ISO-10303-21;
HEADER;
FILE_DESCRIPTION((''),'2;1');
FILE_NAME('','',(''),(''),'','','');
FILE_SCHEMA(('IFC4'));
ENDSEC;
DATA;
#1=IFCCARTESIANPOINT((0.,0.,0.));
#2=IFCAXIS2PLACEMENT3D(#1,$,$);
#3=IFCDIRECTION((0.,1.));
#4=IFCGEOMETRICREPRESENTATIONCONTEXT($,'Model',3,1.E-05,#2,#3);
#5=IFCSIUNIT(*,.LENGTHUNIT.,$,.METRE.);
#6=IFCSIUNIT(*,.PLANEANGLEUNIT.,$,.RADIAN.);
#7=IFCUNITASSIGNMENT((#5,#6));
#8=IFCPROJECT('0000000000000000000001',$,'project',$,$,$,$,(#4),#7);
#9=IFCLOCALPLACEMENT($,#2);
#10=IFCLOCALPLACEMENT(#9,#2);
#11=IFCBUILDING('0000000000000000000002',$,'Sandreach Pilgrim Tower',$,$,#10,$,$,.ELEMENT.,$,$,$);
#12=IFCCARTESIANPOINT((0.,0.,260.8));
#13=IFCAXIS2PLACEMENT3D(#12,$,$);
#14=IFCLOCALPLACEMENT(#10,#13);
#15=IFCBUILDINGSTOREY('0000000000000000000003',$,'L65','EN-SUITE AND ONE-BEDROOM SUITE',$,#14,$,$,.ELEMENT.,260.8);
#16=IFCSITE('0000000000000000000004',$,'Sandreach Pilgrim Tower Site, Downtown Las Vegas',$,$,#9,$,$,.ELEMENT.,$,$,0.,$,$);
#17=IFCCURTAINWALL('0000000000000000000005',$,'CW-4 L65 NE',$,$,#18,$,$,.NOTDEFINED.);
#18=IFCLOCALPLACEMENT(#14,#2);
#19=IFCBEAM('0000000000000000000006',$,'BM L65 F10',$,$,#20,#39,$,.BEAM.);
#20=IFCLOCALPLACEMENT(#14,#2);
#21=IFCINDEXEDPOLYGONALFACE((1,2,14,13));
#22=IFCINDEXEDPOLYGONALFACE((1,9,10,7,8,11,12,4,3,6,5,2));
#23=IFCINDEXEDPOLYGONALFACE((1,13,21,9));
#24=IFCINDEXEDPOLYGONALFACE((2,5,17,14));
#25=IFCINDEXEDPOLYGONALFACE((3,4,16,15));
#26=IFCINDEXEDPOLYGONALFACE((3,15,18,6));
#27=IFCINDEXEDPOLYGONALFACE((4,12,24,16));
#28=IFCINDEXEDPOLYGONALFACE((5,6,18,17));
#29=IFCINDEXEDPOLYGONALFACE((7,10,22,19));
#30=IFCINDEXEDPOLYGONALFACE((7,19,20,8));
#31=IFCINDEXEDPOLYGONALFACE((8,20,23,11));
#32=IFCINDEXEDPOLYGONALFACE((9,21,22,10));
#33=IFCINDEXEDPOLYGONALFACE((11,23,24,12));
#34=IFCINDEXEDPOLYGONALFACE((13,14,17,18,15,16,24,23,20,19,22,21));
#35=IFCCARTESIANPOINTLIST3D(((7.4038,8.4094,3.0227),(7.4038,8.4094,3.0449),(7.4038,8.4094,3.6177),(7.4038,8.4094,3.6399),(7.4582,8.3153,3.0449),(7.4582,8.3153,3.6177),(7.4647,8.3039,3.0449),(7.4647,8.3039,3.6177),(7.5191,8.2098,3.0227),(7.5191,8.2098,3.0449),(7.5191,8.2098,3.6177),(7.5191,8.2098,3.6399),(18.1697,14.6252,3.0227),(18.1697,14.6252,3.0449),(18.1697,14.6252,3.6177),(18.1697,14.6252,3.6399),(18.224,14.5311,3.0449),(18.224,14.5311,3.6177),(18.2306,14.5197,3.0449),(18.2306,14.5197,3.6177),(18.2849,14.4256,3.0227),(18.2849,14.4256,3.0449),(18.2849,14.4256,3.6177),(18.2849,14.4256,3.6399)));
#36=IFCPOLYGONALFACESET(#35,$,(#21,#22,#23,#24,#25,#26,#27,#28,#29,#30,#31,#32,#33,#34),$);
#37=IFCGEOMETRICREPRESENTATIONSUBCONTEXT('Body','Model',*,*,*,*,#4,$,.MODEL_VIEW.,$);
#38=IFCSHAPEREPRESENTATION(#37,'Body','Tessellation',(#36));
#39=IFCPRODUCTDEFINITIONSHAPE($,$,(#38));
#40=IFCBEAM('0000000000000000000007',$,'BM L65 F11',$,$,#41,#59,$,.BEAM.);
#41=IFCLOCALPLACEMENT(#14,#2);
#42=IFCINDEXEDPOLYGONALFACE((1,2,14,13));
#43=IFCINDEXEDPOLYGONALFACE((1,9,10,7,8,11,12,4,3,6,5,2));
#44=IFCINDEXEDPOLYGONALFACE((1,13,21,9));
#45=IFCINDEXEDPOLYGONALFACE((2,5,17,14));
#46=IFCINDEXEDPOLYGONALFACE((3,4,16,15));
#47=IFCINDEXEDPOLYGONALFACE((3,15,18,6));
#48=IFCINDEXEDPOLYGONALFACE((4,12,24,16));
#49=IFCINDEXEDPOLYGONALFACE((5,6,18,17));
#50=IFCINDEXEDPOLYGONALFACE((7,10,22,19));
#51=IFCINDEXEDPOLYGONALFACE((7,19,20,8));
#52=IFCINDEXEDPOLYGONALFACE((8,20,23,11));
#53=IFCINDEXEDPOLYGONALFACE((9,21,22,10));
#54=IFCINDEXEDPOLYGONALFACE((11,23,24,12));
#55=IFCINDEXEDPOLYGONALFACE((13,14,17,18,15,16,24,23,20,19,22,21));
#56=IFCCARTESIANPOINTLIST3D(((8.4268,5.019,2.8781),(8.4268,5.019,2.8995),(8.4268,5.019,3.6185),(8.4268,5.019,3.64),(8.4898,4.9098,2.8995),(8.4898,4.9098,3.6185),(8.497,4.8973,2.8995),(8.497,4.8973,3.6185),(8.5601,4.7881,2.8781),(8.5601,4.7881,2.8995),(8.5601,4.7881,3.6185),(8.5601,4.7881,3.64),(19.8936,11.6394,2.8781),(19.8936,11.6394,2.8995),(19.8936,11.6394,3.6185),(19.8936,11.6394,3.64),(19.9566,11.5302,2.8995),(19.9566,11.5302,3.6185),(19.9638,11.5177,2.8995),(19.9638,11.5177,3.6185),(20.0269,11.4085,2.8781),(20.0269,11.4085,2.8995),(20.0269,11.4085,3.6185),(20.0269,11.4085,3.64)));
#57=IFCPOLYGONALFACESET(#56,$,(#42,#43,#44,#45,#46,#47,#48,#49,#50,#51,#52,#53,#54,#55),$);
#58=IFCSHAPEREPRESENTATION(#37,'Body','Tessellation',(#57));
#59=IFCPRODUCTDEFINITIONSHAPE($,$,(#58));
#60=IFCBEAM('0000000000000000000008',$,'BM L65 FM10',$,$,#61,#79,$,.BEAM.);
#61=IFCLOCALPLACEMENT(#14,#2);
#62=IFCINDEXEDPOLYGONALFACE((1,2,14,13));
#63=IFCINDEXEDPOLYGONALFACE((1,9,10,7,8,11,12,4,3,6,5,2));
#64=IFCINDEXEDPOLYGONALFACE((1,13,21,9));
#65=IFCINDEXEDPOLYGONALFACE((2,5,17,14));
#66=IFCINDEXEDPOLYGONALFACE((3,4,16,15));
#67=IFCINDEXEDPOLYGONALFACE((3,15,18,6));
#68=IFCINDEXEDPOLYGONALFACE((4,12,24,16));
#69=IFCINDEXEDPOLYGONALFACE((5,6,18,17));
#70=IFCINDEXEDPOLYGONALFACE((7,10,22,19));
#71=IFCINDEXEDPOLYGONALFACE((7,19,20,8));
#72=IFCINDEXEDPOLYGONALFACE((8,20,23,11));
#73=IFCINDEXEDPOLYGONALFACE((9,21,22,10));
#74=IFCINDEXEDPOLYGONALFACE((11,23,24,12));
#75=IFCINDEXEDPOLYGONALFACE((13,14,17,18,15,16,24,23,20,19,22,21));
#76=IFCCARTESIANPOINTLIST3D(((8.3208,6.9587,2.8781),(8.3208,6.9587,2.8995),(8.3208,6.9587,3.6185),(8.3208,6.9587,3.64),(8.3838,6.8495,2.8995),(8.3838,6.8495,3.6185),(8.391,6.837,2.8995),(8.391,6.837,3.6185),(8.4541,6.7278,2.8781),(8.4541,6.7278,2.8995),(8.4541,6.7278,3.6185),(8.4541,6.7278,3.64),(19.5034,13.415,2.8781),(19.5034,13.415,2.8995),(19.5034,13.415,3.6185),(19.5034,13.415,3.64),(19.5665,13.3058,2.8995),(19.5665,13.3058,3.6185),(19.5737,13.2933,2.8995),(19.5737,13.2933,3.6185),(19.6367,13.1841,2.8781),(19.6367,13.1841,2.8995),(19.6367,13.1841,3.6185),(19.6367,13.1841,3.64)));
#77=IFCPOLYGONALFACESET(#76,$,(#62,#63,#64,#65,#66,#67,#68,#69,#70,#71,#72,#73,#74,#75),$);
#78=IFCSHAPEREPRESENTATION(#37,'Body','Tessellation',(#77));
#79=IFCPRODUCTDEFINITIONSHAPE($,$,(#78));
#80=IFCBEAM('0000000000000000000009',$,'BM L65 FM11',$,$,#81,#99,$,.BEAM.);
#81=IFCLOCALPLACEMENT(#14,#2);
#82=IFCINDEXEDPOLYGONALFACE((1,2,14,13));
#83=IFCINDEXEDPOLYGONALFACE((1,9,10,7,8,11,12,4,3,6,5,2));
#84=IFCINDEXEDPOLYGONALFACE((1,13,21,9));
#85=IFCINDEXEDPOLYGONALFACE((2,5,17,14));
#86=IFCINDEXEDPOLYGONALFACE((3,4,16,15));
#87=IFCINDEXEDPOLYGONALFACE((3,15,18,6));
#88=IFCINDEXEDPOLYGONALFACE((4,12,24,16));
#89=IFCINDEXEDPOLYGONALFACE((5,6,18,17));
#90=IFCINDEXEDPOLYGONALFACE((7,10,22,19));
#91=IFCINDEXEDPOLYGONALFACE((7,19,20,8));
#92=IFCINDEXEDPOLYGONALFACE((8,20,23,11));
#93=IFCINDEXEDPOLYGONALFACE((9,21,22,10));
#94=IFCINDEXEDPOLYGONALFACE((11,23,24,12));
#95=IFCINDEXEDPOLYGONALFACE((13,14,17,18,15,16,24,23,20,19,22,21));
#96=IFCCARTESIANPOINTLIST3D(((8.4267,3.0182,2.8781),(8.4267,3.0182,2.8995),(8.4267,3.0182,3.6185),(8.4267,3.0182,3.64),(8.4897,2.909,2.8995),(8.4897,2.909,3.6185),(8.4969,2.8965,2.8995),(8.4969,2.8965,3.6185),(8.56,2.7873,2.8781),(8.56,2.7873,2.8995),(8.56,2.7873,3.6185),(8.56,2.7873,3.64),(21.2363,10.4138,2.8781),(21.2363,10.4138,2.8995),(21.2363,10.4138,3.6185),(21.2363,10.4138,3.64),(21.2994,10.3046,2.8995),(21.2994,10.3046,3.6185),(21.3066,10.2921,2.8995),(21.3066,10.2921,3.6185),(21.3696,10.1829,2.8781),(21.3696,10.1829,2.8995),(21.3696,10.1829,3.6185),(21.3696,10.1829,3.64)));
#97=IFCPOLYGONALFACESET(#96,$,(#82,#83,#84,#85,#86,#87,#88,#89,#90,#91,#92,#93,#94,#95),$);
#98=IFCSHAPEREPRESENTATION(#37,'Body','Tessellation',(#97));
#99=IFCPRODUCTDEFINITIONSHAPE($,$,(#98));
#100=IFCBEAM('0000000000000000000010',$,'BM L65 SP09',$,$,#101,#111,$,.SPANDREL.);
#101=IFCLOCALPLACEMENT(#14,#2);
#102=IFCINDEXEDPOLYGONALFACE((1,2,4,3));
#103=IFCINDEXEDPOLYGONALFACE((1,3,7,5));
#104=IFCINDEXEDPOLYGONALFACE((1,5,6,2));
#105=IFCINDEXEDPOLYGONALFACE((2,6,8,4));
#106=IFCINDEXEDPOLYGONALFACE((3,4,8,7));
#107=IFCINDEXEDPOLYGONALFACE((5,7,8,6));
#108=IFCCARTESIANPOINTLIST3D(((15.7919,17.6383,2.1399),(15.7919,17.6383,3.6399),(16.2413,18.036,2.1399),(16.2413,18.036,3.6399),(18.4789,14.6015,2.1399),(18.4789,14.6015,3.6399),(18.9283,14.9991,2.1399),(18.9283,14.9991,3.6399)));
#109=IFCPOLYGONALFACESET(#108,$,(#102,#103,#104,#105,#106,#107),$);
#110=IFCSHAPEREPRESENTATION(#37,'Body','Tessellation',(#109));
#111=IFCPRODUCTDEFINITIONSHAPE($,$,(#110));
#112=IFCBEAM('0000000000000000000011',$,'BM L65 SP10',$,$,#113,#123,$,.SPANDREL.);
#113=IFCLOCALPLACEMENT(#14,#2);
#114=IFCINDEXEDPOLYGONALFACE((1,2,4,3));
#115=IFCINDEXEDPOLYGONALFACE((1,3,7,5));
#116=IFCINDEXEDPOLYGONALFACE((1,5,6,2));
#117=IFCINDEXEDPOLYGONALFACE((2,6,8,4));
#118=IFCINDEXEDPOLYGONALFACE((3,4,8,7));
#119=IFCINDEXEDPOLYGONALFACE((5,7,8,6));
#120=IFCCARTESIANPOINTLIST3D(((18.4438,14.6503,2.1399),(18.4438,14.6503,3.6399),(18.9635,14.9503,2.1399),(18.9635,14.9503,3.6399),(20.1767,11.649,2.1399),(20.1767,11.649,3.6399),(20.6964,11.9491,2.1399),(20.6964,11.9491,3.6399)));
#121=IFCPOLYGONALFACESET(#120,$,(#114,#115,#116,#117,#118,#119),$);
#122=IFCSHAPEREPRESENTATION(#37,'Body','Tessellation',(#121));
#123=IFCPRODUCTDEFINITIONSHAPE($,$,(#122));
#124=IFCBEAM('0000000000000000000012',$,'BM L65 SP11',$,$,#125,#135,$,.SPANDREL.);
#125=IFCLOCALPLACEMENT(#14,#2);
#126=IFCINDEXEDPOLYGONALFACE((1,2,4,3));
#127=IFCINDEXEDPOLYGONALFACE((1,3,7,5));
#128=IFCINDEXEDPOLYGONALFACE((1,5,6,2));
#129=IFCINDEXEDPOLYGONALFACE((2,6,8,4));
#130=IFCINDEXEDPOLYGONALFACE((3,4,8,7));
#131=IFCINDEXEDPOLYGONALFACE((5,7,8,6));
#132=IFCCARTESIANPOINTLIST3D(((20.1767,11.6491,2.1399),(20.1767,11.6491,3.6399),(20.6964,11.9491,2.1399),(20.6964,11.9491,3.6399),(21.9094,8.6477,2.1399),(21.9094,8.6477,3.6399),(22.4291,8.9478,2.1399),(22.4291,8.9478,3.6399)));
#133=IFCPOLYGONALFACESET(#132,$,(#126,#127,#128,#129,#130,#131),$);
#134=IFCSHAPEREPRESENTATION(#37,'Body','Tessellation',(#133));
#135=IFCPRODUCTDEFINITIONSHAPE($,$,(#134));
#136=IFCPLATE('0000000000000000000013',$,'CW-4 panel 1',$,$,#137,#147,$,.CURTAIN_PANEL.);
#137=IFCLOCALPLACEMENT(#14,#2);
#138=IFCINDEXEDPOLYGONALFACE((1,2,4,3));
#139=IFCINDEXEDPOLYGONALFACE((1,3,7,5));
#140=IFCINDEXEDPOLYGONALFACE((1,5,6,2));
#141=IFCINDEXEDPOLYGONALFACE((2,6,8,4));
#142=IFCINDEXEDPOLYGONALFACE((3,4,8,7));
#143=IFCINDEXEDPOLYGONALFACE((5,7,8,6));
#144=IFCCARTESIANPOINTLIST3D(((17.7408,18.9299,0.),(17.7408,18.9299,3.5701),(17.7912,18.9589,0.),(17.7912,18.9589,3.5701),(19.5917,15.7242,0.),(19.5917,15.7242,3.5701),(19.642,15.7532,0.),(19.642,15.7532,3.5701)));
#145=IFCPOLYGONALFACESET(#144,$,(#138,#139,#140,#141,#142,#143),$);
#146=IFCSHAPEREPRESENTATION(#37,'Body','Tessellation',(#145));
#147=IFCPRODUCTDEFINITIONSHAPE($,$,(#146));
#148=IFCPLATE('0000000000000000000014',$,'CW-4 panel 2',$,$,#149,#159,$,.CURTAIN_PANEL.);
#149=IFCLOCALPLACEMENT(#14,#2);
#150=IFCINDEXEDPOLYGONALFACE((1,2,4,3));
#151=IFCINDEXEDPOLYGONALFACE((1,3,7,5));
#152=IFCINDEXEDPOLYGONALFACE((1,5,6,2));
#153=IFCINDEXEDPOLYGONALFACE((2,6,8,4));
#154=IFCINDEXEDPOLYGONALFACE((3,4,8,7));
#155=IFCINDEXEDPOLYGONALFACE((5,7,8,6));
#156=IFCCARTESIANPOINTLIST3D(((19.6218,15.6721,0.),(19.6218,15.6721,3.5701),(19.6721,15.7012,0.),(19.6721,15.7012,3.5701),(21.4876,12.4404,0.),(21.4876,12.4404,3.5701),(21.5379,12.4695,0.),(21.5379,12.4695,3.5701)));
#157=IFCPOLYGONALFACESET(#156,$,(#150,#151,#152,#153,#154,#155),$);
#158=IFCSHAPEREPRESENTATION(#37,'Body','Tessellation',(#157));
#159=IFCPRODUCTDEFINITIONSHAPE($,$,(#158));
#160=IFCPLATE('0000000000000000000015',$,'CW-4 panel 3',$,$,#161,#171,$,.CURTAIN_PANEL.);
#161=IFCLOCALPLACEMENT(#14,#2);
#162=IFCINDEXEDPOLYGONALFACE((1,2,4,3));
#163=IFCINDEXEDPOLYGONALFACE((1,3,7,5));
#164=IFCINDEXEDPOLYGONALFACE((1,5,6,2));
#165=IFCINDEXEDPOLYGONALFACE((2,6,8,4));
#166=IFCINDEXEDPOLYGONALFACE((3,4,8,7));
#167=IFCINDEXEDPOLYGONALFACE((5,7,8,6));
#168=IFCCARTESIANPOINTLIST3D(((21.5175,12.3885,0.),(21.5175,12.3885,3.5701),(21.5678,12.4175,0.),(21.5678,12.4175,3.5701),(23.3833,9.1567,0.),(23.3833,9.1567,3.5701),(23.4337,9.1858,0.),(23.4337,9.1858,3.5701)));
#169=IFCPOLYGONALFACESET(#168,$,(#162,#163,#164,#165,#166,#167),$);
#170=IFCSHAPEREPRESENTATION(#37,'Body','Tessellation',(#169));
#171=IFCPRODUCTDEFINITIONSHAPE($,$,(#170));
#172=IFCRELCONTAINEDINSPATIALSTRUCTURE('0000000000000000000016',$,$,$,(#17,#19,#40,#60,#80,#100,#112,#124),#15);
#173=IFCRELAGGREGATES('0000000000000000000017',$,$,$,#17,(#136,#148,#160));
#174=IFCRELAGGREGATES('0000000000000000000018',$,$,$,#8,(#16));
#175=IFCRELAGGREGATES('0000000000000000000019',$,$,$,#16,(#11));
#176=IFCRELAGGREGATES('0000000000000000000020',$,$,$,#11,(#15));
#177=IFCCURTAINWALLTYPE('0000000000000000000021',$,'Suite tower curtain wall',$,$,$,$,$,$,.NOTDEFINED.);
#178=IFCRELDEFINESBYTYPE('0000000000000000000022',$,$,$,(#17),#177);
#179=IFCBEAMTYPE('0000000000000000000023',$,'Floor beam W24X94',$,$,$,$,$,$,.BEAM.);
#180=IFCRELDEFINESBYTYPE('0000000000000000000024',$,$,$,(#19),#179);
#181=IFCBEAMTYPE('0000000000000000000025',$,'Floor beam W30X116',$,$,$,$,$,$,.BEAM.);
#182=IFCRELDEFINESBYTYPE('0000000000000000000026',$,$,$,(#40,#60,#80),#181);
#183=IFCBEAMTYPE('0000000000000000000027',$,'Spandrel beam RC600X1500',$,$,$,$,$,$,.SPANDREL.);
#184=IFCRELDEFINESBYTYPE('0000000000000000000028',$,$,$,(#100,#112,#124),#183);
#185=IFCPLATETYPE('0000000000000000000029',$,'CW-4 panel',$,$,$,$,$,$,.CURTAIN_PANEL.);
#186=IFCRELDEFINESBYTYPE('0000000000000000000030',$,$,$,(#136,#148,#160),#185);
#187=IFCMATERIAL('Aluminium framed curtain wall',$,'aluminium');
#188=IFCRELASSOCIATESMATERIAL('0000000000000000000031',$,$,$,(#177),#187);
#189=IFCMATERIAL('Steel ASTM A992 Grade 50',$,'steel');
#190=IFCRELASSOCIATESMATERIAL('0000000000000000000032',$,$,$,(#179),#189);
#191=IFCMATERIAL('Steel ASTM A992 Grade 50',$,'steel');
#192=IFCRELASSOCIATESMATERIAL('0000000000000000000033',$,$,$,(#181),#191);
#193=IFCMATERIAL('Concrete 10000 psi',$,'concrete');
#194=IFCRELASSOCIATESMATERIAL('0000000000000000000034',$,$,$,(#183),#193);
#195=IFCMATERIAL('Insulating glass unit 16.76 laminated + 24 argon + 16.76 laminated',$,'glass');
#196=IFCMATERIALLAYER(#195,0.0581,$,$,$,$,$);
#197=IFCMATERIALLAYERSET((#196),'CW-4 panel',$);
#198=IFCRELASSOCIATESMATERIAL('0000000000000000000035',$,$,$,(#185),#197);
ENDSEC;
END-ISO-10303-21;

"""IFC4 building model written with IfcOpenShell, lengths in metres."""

from ifc_helpers import new_model, si_unit, direction, frame, origin, origin_2d, place, context, subcontext, project, spatial, rectangle, i_section, extrude, material, layer, layer_set, material_profile, profile_set, type_object, element, aggregate, save


model = new_model("IFC4")

# Units and contexts
model_context = context("Model", 3, precision=1e-05, world=origin(), true_north=direction((0.0, 1.0)))
body_context = subcontext(model_context, "Body", "Model", "MODEL_VIEW")
ifc_project = project(units=[si_unit("LENGTHUNIT", "METRE"), si_unit("PLANEANGLEUNIT", "RADIAN")], contexts=[model_context])

# Site, building, storey
site_placement = place(None, origin())
site = spatial("IfcSite", under=ifc_project, at=site_placement, Name="Sandreach Pilgrim Tower Site, Downtown Las Vegas", CompositionType="ELEMENT", RefElevation=0.0)
building_placement = place(site_placement, origin())
building = spatial("IfcBuilding", under=site, at=building_placement, Name="Sandreach Pilgrim Tower", CompositionType="ELEMENT")
storey_placement = place(building_placement, frame((0.0, 0.0, 260.8)))
storey = spatial("IfcBuildingStorey", under=building, at=storey_placement, Name="L65", Description="EN-SUITE AND ONE-BEDROOM SUITE", CompositionType="ELEMENT", Elevation=260.8)

# Shared definitions
ifc_material_1 = material(Name="Aluminium framed curtain wall", Category="aluminium")
curtain_wall_type = type_object("IfcCurtainWallType", Name="Suite tower curtain wall", PredefinedType="NOTDEFINED", material=ifc_material_1)

# Curtain wall
curtain_wall_1_placement = place(storey_placement, origin())
curtain_wall_1 = element("IfcCurtainWall", 1, at=curtain_wall_1_placement, inside=storey, type_object=curtain_wall_type, Name="CW-4 L65 NE", PredefinedType="NOTDEFINED")

# Beams
ifc_material_2 = material(Name="Steel ASTM A992 Grade 50", Category="steel")
ifc_material_profile_1 = material_profile(ifc_material_2, i_section(OverallWidth=0.2305, OverallDepth=0.6172, WebThickness=0.0132, FlangeThickness=0.0222, at=origin_2d()), Name="W24X94")
ifc_profile_set_1 = profile_set([ifc_material_profile_1], Name="Steel ASTM A992 Grade 50")
beam_type_1 = type_object("IfcBeamType", Name="Floor beam W24X94", PredefinedType="BEAM", material=ifc_profile_set_1)
beam_1_placement = place(storey_placement, frame((18.2273, 14.5254, 3.3313), z_axis=(-0.86602, -0.500009, 0.0), x_axis=(0.500009, -0.86602, 0.0)))
element("IfcBeam", 2, at=beam_1_placement, inside=storey, type_object=beam_type_1, Name="BM L65 F10", PredefinedType="BEAM", context=body_context, shape_type="SweptSolid", body=[
    extrude(i_section(OverallWidth=0.2305, OverallDepth=0.6172, WebThickness=0.0132, FlangeThickness=0.0222, at=origin_2d()), origin(), (0.0, 0.0, 1.0), 12.4314),
])
ifc_material_3 = material(Name="Steel ASTM A992 Grade 50", Category="steel")
ifc_material_profile_2 = material_profile(ifc_material_3, i_section(OverallWidth=0.2666, OverallDepth=0.762, WebThickness=0.0144, FlangeThickness=0.0215, at=origin_2d()), Name="W30X116")
ifc_profile_set_2 = profile_set([ifc_material_profile_2], Name="Steel ASTM A992 Grade 50")
beam_type_2 = type_object("IfcBeamType", Name="Floor beam W30X116", PredefinedType="BEAM", material=ifc_profile_set_2)
beam_2_placement = place(storey_placement, frame((19.9602, 11.5239, 3.259), z_axis=(-0.866025, -0.5, 0.0), x_axis=(0.5, -0.866025, 0.0)))
element("IfcBeam", 3, at=beam_2_placement, inside=storey, type_object=beam_type_2, Name="BM L65 F11", PredefinedType="BEAM", context=body_context, shape_type="SweptSolid", body=[
    extrude(i_section(OverallWidth=0.2666, OverallDepth=0.762, WebThickness=0.0144, FlangeThickness=0.0215, at=origin_2d()), origin(), (0.0, 0.0, 1.0), 13.2407),
])
beam_3_placement = place(storey_placement, frame((19.5701, 13.2996, 3.259), z_axis=(-0.866025, -0.500001, 0.0), x_axis=(0.500001, -0.866025, 0.0)))
element("IfcBeam", 4, at=beam_3_placement, inside=storey, type_object=beam_type_2, Name="BM L65 FM10", PredefinedType="BEAM", context=body_context, shape_type="SweptSolid", body=[
    extrude(i_section(OverallWidth=0.2666, OverallDepth=0.762, WebThickness=0.0144, FlangeThickness=0.0215, at=origin_2d()), origin(), (0.0, 0.0, 1.0), 12.9126),
])
beam_4_placement = place(storey_placement, frame((21.303, 10.2983, 3.259), z_axis=(-0.866028, -0.499995, 0.0), x_axis=(0.499995, -0.866028, 0.0)))
element("IfcBeam", 5, at=beam_4_placement, inside=storey, type_object=beam_type_2, Name="BM L65 FM11", PredefinedType="BEAM", context=body_context, shape_type="SweptSolid", body=[
    extrude(i_section(OverallWidth=0.2666, OverallDepth=0.762, WebThickness=0.0144, FlangeThickness=0.0215, at=origin_2d()), origin(), (0.0, 0.0, 1.0), 14.7913),
])
ifc_material_4 = material(Name="Concrete 10000 psi", Category="concrete")
ifc_material_profile_3 = material_profile(ifc_material_4, rectangle(XDim=0.6001, YDim=1.5, at=origin_2d()), Name="RC600X1500")
ifc_profile_set_3 = profile_set([ifc_material_profile_3], Name="Concrete 10000 psi")
beam_type_3 = type_object("IfcBeamType", Name="Spandrel beam RC600X1500", PredefinedType="SPANDREL", material=ifc_profile_set_3)
beam_5_placement = place(storey_placement, frame((16.0166, 17.8372, 2.8899), z_axis=(0.662651, -0.748929, 0.0), x_axis=(0.748929, 0.662651, 0.0)))
element("IfcBeam", 6, at=beam_5_placement, inside=storey, type_object=beam_type_3, Name="BM L65 SP09", PredefinedType="SPANDREL", context=body_context, shape_type="SweptSolid", body=[
    extrude(rectangle(XDim=0.6001, YDim=1.5, at=origin_2d()), origin(), (0.0, 0.0, 1.0), 4.0549),
])
for number, where, z_axis, x_axis, name in (
    (7, (18.7036, 14.8003, 2.8899), (0.500033, -0.866006, 0.0), (0.866006, 0.500033, 0.0), "BM L65 SP10"),
    (8, (20.4365, 11.7991, 2.8899), (0.499981, -0.866037, 0.0), (0.866037, 0.499981, 0.0), "BM L65 SP11"),
):
    element("IfcBeam", number, at=place(storey_placement, frame(where, z_axis=z_axis, x_axis=x_axis)), inside=storey, type_object=beam_type_3, Name=name, PredefinedType="SPANDREL", context=body_context, shape_type="SweptSolid", body=[
        extrude(rectangle(XDim=0.6001, YDim=1.5, at=origin_2d()), origin(), (0.0, 0.0, 1.0), 3.4656),
    ])

# Plates
ifc_material_5 = material(Name="Insulating glass unit 16.76 laminated + 24 argon + 16.76 laminated", Category="glass")
ifc_layer_1 = layer(ifc_material_5, 0.0581)
ifc_layer_set_1 = layer_set([ifc_layer_1], Name="CW-4 panel")
plate_type = type_object("IfcPlateType", Name="CW-4 panel", PredefinedType="CURTAIN_PANEL", material=ifc_layer_set_1)
plate_1_placement = place(storey_placement, frame((18.6914, 17.3416, 0.0), z_axis=(0.0, 0.0, 1.0), x_axis=(0.5, -0.866025, 0.0)))
plate_1 = element("IfcPlate", 9, at=plate_1_placement, type_object=plate_type, Name="CW-4 panel 1", PredefinedType="CURTAIN_PANEL", context=body_context, shape_type="SweptSolid", body=[
    extrude(rectangle(XDim=3.7017, YDim=0.0581, at=origin_2d()), origin(), (0.0, 0.0, 1.0), 3.5701),
])
plate_2_placement = place(storey_placement, frame((20.5798, 14.0708, 0.0), z_axis=(0.0, 0.0, 1.0), x_axis=(0.5, -0.866025, 0.0)))
plate_2 = element("IfcPlate", 10, at=plate_2_placement, type_object=plate_type, Name="CW-4 panel 2", PredefinedType="CURTAIN_PANEL", context=body_context, shape_type="SweptSolid", body=[
    extrude(rectangle(XDim=3.7317, YDim=0.0581, at=origin_2d()), origin(), (0.0, 0.0, 1.0), 3.5701),
])
plate_3_placement = place(storey_placement, frame((22.4756, 10.7871, 0.0), z_axis=(0.0, 0.0, 1.0), x_axis=(0.5, -0.866025, 0.0)))
plate_3 = element("IfcPlate", 11, at=plate_3_placement, type_object=plate_type, Name="CW-4 panel 3", PredefinedType="CURTAIN_PANEL", context=body_context, shape_type="SweptSolid", body=[
    extrude(rectangle(XDim=3.7317, YDim=0.0581, at=origin_2d()), origin(), (0.0, 0.0, 1.0), 3.5701),
])
aggregate(curtain_wall_1, [plate_1, plate_2, plate_3])

save(model, "model.ifc")
